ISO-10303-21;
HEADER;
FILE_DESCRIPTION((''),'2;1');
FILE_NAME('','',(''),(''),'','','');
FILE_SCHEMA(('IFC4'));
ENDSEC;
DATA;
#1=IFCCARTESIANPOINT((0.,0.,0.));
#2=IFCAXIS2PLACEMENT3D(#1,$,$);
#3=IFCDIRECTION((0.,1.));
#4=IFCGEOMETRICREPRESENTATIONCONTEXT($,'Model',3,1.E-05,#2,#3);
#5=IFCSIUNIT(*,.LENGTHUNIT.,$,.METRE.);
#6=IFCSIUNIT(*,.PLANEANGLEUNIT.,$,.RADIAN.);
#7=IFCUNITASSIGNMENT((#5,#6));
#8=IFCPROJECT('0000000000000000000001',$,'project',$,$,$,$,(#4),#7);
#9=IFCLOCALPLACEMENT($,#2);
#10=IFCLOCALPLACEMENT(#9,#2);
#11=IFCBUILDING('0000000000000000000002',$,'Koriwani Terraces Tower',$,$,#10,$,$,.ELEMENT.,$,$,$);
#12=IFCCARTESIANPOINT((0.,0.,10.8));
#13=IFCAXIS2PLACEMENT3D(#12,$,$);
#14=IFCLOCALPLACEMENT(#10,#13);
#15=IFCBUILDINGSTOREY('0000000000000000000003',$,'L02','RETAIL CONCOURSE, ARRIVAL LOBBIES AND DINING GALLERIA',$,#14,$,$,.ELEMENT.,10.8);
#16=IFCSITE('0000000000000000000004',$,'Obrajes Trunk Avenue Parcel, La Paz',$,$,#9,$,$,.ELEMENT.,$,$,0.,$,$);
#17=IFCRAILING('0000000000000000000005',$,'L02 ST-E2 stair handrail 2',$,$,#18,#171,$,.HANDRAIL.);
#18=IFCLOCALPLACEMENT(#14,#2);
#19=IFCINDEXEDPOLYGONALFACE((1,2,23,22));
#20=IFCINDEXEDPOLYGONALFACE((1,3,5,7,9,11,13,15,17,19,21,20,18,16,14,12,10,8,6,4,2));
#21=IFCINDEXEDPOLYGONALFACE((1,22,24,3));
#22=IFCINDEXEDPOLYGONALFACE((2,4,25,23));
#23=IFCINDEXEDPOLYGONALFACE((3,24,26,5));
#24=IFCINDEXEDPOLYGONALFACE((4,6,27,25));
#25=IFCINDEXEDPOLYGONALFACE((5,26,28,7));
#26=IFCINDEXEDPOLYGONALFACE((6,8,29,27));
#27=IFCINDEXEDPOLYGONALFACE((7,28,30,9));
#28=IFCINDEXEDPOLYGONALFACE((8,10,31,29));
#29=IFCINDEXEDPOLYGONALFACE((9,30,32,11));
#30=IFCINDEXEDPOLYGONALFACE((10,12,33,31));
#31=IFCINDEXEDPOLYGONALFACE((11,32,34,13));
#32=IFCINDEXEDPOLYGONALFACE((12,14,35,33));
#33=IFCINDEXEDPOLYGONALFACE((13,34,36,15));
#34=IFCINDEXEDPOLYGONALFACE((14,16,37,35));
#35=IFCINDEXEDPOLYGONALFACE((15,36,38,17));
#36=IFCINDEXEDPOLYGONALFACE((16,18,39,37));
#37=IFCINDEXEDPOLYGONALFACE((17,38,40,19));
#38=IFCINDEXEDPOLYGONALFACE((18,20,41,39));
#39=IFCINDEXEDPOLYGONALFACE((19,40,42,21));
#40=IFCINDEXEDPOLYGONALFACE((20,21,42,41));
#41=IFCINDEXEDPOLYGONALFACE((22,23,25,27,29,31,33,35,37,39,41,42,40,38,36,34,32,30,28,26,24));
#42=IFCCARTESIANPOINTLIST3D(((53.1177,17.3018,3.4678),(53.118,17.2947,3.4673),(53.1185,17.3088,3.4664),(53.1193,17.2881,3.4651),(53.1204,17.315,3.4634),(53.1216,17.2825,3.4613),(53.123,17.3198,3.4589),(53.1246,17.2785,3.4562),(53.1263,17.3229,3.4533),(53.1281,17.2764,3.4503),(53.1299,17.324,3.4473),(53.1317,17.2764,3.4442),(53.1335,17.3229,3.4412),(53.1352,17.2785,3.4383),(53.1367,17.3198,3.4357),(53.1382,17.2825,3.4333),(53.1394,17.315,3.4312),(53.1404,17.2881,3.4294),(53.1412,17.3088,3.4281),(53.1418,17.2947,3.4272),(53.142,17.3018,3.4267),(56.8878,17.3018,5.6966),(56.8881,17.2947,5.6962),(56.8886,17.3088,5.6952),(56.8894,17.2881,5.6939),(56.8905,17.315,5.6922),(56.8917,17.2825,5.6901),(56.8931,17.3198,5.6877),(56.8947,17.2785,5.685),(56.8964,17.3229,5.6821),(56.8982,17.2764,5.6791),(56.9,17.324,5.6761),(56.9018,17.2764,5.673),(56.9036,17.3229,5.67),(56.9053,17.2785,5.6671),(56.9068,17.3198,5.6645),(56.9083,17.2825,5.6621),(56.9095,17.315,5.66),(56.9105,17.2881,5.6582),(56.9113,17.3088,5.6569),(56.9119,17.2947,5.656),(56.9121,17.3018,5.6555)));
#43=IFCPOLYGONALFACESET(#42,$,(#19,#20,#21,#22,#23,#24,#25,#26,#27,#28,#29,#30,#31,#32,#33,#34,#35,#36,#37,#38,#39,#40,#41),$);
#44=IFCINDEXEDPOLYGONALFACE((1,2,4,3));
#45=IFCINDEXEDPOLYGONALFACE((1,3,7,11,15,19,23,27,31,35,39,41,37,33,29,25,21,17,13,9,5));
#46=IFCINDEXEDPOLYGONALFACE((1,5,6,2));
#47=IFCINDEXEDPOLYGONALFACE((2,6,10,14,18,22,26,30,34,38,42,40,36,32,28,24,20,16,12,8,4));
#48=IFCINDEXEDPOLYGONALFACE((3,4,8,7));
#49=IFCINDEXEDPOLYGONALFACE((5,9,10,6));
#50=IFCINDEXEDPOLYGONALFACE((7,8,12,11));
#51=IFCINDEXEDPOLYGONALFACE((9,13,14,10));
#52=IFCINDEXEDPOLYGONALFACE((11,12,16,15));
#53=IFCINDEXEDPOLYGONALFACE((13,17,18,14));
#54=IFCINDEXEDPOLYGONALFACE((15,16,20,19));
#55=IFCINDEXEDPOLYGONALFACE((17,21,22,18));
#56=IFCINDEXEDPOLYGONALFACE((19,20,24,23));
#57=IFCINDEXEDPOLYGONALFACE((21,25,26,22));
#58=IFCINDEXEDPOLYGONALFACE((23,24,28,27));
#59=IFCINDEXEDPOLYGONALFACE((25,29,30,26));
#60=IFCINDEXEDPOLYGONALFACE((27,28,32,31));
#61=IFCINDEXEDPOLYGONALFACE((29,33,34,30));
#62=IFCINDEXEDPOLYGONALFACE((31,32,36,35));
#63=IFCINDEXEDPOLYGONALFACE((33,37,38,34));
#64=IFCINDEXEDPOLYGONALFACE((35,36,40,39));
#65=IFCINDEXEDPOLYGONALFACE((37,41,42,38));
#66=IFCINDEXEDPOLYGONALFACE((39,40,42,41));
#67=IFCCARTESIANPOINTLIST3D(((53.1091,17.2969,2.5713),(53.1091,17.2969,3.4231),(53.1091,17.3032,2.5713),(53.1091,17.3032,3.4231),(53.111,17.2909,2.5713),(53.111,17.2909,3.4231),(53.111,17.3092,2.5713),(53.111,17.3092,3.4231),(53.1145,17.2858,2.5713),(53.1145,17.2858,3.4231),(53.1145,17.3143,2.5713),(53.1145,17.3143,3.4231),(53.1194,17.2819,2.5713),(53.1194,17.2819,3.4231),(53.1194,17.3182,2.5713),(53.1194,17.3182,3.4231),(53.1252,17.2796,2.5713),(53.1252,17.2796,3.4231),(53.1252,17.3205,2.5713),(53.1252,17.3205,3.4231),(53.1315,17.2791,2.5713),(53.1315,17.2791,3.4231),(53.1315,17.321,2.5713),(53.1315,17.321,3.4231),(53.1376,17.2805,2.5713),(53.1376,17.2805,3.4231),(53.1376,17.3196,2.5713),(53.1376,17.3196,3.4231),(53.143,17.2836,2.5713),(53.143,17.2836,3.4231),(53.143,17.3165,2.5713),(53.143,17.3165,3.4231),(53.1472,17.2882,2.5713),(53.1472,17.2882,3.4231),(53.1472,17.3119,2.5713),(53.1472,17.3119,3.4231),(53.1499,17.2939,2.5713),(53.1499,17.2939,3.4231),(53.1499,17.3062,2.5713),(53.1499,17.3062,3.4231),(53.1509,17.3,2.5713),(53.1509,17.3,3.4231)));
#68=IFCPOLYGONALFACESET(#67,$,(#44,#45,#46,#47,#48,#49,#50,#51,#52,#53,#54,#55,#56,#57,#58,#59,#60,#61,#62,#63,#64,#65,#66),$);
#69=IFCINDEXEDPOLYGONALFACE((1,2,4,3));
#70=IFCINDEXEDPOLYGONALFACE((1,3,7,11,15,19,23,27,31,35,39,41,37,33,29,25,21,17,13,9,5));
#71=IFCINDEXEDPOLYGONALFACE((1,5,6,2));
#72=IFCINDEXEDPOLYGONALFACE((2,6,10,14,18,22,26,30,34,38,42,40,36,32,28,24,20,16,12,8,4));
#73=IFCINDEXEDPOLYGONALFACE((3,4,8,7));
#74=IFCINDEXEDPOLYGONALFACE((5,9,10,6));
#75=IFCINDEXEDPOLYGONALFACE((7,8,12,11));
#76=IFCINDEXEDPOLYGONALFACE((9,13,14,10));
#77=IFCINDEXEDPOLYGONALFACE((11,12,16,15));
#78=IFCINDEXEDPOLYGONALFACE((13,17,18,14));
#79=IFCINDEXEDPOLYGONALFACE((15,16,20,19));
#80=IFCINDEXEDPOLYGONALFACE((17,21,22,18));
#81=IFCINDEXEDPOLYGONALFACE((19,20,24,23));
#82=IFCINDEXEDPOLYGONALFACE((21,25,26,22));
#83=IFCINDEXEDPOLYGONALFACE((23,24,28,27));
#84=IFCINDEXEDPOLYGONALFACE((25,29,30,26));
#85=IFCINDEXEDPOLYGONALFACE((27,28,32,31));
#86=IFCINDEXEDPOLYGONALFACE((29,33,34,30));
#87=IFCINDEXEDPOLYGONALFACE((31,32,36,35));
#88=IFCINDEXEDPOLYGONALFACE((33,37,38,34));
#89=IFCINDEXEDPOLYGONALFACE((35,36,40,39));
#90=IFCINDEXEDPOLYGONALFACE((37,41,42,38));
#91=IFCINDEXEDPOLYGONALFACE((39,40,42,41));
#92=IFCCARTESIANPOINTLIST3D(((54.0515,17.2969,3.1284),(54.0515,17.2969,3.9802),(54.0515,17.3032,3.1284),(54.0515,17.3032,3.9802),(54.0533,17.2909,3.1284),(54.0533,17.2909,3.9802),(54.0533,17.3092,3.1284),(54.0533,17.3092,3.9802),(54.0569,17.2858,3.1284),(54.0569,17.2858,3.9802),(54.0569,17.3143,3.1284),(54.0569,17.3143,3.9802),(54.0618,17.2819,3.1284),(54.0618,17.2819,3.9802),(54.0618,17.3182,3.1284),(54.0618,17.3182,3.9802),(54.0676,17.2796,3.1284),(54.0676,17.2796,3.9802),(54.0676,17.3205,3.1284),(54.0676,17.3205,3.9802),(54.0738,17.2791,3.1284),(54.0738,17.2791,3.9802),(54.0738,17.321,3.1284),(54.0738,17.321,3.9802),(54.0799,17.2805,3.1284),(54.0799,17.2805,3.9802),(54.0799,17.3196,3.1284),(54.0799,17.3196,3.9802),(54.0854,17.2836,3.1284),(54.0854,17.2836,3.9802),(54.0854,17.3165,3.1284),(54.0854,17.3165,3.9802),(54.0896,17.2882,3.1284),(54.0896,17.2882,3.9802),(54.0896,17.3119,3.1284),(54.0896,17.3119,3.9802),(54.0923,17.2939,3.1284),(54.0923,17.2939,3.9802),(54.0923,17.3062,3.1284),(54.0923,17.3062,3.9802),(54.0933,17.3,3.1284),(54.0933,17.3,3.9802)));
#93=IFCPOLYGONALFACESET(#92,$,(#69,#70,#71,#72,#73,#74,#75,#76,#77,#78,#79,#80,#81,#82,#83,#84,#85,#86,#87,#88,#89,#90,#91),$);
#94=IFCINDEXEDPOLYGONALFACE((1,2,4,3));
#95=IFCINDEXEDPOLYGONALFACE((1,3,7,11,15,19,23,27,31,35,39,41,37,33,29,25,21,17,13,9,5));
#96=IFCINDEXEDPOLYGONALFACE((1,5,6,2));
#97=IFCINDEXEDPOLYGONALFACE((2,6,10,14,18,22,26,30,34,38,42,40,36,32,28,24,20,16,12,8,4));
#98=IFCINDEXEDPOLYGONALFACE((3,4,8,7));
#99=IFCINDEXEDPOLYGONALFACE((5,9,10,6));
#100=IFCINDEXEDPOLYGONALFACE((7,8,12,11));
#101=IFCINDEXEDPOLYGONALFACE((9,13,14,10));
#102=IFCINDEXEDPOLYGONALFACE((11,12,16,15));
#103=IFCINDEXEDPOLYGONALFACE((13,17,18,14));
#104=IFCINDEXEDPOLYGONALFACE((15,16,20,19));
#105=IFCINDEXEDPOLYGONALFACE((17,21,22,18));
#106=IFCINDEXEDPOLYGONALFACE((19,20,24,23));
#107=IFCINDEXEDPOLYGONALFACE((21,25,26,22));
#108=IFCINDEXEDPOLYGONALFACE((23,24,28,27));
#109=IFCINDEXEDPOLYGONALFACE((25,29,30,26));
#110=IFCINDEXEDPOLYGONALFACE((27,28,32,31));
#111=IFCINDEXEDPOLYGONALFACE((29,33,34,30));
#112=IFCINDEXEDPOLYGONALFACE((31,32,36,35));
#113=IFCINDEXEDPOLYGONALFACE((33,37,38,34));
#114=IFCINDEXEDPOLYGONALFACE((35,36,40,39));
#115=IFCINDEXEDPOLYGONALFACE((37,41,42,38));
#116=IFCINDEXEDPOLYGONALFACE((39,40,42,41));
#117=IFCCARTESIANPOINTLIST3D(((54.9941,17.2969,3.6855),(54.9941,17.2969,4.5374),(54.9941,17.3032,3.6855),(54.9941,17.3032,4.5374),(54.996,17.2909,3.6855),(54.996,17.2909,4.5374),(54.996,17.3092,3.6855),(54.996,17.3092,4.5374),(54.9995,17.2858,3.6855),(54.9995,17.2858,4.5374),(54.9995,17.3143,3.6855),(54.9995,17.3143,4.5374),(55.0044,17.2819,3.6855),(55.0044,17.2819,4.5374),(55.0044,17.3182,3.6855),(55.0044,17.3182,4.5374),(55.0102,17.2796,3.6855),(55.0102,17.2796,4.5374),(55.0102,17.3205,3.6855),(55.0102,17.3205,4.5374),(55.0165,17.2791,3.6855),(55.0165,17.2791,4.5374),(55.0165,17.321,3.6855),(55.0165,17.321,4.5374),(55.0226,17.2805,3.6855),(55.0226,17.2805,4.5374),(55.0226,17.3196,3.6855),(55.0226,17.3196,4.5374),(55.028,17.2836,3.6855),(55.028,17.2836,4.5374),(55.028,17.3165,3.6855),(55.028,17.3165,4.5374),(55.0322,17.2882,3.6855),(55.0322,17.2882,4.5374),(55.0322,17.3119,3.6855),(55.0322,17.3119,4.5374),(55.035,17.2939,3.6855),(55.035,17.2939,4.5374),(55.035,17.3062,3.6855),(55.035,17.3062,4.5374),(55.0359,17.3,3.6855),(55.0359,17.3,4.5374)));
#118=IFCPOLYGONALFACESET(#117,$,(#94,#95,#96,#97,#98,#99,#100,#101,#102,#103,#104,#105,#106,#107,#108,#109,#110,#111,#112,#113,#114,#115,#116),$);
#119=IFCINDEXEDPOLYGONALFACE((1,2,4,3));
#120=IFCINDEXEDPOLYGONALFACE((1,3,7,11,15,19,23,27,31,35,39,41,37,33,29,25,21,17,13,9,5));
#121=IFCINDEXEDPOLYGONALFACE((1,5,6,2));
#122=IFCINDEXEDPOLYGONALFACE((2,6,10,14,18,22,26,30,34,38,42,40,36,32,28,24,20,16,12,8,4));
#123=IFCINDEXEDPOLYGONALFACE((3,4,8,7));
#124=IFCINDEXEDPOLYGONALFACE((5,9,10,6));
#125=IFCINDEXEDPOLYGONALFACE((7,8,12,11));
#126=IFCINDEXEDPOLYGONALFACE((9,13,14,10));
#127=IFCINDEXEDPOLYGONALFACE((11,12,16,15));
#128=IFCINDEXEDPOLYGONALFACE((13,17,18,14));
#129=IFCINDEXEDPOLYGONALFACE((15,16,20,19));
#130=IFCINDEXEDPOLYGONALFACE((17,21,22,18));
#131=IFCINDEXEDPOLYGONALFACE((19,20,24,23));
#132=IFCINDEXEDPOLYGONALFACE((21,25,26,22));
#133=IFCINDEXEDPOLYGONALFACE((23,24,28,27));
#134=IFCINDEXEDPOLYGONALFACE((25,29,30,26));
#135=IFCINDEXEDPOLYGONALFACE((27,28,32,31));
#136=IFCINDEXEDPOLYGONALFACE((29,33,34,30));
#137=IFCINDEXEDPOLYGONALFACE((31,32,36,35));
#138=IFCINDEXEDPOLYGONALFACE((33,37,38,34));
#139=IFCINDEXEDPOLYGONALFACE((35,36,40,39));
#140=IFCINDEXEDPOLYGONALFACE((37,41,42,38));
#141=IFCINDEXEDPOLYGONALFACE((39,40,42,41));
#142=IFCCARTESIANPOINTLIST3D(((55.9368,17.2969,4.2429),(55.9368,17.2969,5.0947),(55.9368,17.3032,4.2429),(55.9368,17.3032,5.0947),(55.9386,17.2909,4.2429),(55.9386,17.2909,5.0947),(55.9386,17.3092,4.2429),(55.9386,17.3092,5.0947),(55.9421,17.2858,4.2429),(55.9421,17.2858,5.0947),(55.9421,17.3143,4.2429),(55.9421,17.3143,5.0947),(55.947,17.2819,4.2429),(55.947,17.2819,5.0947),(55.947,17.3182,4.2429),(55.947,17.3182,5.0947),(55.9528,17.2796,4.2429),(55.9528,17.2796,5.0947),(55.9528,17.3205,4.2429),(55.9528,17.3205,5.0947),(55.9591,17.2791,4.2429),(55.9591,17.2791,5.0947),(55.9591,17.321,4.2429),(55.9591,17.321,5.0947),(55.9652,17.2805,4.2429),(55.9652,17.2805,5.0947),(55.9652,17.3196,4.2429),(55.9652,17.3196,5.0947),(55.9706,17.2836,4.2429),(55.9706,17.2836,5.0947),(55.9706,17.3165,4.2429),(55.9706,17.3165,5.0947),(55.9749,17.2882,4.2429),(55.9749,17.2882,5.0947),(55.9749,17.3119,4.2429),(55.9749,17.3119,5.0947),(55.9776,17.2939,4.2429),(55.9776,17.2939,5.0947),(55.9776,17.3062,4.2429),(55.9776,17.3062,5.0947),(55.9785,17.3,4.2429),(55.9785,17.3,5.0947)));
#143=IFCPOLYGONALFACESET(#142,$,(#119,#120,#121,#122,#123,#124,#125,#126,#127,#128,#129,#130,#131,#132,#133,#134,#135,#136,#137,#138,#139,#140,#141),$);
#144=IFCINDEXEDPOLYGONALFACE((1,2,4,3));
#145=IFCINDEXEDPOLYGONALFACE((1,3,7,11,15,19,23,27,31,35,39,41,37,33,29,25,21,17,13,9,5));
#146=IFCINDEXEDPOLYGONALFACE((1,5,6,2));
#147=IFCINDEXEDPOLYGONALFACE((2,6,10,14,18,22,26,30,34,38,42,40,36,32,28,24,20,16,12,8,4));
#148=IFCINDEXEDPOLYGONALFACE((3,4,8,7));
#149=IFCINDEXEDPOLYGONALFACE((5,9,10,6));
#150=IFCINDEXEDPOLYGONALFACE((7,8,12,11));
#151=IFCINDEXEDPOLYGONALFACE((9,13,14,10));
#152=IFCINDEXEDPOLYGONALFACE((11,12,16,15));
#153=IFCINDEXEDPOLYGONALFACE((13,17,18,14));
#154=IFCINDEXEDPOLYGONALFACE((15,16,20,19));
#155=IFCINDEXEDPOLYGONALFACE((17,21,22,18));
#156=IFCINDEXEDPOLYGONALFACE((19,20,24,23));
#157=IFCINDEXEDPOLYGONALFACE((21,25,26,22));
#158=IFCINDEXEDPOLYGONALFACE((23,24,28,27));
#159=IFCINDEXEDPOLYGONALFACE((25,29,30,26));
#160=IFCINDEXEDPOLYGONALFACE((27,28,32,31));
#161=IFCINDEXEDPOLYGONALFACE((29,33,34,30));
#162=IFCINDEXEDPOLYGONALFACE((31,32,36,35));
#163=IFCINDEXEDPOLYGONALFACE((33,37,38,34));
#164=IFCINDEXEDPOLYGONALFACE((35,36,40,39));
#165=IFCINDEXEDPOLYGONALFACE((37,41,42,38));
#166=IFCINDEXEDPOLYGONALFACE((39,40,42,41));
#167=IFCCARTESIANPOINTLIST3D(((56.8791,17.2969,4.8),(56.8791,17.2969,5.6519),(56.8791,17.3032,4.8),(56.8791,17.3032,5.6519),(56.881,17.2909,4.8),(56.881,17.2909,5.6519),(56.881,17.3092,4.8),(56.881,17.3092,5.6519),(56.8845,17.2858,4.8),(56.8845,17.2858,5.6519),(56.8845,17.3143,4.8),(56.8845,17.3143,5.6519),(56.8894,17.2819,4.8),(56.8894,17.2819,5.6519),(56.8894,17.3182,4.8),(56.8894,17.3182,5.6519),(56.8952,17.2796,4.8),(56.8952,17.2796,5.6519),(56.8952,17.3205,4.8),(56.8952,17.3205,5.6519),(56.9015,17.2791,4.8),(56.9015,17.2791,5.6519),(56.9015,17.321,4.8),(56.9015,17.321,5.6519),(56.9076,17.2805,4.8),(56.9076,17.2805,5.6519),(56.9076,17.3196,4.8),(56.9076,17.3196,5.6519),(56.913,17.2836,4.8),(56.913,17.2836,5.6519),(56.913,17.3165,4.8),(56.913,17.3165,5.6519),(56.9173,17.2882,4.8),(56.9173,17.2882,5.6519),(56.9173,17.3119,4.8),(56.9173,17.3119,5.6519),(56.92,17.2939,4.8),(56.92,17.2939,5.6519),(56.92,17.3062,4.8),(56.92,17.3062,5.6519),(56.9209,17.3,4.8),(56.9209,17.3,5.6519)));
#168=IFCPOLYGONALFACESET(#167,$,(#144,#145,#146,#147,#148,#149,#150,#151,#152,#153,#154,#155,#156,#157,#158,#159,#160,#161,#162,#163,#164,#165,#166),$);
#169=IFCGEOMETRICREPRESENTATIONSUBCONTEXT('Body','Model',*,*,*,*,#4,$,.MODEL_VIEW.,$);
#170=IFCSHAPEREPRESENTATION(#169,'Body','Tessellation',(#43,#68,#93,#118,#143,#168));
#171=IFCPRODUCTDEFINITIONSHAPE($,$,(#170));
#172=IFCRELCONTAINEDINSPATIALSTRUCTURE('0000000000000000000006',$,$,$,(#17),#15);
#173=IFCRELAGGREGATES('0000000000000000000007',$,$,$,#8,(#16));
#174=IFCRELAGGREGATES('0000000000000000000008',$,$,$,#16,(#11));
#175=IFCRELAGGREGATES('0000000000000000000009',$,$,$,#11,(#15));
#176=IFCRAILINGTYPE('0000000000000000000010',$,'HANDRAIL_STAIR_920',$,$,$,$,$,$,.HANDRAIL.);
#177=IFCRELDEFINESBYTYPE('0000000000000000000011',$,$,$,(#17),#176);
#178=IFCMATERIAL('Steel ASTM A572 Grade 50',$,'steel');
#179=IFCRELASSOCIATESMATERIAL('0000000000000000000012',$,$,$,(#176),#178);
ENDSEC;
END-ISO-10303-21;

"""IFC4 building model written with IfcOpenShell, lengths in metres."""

from ifc_helpers import new_model, si_unit, direction, frame, origin, origin_2d, place, context, subcontext, project, spatial, circle, extrude, material, type_object, element, save


model = new_model("IFC4")

# Units and contexts
model_context = context("Model", 3, precision=1e-05, world=origin(), true_north=direction((0.0, 1.0)))
body_context = subcontext(model_context, "Body", "Model", "MODEL_VIEW")
ifc_project = project(units=[si_unit("LENGTHUNIT", "METRE"), si_unit("PLANEANGLEUNIT", "RADIAN")], contexts=[model_context])

# Site, building, storey
site_placement = place(None, origin())
site = spatial("IfcSite", under=ifc_project, at=site_placement, Name="Obrajes Trunk Avenue Parcel, La Paz", CompositionType="ELEMENT", RefElevation=0.0)
building_placement = place(site_placement, origin())
building = spatial("IfcBuilding", under=site, at=building_placement, Name="Koriwani Terraces Tower", CompositionType="ELEMENT")
storey_placement = place(building_placement, frame((0.0, 0.0, 10.8)))
storey = spatial("IfcBuildingStorey", under=building, at=storey_placement, Name="L02", Description="RETAIL CONCOURSE, ARRIVAL LOBBIES AND DINING GALLERIA", CompositionType="ELEMENT", Elevation=10.8)

# Shared definitions
ifc_material_1 = material(Name="Steel ASTM A572 Grade 50", Category="steel")

# Railing
railing_type_1 = type_object("IfcRailingType", Name="HANDRAIL_STAIR_920", PredefinedType="HANDRAIL", material=ifc_material_1)
railing_1_placement = place(storey_placement, frame((53.1299, 17.3, 2.5713)))
element("IfcRailing", 1, at=railing_1_placement, inside=storey, type_object=railing_type_1, Name="L02 ST-E2 stair handrail 2", PredefinedType="HANDRAIL", context=body_context, shape_type="SweptSolid", body=[
    extrude(circle(Radius=0.0239, at=origin_2d()), frame((0.0, 0.0, 0.876), z_axis=(0.860824, 0.0, 0.508902), x_axis=(0.0, 1.0, 0.0)), (0.0, 0.0, 1.0), 4.3796),
    extrude(circle(Radius=0.021, at=origin_2d()), origin(), (0.0, 0.0, 1.0), 0.8518),
    extrude(circle(Radius=0.021, at=origin_2d()), frame((0.9424, 0.0, 0.5571)), (0.0, 0.0, 1.0), 0.8518),
    extrude(circle(Radius=0.021, at=origin_2d()), frame((1.885, 0.0, 1.1143)), (0.0, 0.0, 1.0), 0.8518),
    extrude(circle(Radius=0.021, at=origin_2d()), frame((2.8276, 0.0, 1.6716)), (0.0, 0.0, 1.0), 0.8518),
    extrude(circle(Radius=0.021, at=origin_2d()), frame((3.77, 0.0, 2.2288)), (0.0, 0.0, 1.0), 0.8518),
])

save(model, "model.ifc")
